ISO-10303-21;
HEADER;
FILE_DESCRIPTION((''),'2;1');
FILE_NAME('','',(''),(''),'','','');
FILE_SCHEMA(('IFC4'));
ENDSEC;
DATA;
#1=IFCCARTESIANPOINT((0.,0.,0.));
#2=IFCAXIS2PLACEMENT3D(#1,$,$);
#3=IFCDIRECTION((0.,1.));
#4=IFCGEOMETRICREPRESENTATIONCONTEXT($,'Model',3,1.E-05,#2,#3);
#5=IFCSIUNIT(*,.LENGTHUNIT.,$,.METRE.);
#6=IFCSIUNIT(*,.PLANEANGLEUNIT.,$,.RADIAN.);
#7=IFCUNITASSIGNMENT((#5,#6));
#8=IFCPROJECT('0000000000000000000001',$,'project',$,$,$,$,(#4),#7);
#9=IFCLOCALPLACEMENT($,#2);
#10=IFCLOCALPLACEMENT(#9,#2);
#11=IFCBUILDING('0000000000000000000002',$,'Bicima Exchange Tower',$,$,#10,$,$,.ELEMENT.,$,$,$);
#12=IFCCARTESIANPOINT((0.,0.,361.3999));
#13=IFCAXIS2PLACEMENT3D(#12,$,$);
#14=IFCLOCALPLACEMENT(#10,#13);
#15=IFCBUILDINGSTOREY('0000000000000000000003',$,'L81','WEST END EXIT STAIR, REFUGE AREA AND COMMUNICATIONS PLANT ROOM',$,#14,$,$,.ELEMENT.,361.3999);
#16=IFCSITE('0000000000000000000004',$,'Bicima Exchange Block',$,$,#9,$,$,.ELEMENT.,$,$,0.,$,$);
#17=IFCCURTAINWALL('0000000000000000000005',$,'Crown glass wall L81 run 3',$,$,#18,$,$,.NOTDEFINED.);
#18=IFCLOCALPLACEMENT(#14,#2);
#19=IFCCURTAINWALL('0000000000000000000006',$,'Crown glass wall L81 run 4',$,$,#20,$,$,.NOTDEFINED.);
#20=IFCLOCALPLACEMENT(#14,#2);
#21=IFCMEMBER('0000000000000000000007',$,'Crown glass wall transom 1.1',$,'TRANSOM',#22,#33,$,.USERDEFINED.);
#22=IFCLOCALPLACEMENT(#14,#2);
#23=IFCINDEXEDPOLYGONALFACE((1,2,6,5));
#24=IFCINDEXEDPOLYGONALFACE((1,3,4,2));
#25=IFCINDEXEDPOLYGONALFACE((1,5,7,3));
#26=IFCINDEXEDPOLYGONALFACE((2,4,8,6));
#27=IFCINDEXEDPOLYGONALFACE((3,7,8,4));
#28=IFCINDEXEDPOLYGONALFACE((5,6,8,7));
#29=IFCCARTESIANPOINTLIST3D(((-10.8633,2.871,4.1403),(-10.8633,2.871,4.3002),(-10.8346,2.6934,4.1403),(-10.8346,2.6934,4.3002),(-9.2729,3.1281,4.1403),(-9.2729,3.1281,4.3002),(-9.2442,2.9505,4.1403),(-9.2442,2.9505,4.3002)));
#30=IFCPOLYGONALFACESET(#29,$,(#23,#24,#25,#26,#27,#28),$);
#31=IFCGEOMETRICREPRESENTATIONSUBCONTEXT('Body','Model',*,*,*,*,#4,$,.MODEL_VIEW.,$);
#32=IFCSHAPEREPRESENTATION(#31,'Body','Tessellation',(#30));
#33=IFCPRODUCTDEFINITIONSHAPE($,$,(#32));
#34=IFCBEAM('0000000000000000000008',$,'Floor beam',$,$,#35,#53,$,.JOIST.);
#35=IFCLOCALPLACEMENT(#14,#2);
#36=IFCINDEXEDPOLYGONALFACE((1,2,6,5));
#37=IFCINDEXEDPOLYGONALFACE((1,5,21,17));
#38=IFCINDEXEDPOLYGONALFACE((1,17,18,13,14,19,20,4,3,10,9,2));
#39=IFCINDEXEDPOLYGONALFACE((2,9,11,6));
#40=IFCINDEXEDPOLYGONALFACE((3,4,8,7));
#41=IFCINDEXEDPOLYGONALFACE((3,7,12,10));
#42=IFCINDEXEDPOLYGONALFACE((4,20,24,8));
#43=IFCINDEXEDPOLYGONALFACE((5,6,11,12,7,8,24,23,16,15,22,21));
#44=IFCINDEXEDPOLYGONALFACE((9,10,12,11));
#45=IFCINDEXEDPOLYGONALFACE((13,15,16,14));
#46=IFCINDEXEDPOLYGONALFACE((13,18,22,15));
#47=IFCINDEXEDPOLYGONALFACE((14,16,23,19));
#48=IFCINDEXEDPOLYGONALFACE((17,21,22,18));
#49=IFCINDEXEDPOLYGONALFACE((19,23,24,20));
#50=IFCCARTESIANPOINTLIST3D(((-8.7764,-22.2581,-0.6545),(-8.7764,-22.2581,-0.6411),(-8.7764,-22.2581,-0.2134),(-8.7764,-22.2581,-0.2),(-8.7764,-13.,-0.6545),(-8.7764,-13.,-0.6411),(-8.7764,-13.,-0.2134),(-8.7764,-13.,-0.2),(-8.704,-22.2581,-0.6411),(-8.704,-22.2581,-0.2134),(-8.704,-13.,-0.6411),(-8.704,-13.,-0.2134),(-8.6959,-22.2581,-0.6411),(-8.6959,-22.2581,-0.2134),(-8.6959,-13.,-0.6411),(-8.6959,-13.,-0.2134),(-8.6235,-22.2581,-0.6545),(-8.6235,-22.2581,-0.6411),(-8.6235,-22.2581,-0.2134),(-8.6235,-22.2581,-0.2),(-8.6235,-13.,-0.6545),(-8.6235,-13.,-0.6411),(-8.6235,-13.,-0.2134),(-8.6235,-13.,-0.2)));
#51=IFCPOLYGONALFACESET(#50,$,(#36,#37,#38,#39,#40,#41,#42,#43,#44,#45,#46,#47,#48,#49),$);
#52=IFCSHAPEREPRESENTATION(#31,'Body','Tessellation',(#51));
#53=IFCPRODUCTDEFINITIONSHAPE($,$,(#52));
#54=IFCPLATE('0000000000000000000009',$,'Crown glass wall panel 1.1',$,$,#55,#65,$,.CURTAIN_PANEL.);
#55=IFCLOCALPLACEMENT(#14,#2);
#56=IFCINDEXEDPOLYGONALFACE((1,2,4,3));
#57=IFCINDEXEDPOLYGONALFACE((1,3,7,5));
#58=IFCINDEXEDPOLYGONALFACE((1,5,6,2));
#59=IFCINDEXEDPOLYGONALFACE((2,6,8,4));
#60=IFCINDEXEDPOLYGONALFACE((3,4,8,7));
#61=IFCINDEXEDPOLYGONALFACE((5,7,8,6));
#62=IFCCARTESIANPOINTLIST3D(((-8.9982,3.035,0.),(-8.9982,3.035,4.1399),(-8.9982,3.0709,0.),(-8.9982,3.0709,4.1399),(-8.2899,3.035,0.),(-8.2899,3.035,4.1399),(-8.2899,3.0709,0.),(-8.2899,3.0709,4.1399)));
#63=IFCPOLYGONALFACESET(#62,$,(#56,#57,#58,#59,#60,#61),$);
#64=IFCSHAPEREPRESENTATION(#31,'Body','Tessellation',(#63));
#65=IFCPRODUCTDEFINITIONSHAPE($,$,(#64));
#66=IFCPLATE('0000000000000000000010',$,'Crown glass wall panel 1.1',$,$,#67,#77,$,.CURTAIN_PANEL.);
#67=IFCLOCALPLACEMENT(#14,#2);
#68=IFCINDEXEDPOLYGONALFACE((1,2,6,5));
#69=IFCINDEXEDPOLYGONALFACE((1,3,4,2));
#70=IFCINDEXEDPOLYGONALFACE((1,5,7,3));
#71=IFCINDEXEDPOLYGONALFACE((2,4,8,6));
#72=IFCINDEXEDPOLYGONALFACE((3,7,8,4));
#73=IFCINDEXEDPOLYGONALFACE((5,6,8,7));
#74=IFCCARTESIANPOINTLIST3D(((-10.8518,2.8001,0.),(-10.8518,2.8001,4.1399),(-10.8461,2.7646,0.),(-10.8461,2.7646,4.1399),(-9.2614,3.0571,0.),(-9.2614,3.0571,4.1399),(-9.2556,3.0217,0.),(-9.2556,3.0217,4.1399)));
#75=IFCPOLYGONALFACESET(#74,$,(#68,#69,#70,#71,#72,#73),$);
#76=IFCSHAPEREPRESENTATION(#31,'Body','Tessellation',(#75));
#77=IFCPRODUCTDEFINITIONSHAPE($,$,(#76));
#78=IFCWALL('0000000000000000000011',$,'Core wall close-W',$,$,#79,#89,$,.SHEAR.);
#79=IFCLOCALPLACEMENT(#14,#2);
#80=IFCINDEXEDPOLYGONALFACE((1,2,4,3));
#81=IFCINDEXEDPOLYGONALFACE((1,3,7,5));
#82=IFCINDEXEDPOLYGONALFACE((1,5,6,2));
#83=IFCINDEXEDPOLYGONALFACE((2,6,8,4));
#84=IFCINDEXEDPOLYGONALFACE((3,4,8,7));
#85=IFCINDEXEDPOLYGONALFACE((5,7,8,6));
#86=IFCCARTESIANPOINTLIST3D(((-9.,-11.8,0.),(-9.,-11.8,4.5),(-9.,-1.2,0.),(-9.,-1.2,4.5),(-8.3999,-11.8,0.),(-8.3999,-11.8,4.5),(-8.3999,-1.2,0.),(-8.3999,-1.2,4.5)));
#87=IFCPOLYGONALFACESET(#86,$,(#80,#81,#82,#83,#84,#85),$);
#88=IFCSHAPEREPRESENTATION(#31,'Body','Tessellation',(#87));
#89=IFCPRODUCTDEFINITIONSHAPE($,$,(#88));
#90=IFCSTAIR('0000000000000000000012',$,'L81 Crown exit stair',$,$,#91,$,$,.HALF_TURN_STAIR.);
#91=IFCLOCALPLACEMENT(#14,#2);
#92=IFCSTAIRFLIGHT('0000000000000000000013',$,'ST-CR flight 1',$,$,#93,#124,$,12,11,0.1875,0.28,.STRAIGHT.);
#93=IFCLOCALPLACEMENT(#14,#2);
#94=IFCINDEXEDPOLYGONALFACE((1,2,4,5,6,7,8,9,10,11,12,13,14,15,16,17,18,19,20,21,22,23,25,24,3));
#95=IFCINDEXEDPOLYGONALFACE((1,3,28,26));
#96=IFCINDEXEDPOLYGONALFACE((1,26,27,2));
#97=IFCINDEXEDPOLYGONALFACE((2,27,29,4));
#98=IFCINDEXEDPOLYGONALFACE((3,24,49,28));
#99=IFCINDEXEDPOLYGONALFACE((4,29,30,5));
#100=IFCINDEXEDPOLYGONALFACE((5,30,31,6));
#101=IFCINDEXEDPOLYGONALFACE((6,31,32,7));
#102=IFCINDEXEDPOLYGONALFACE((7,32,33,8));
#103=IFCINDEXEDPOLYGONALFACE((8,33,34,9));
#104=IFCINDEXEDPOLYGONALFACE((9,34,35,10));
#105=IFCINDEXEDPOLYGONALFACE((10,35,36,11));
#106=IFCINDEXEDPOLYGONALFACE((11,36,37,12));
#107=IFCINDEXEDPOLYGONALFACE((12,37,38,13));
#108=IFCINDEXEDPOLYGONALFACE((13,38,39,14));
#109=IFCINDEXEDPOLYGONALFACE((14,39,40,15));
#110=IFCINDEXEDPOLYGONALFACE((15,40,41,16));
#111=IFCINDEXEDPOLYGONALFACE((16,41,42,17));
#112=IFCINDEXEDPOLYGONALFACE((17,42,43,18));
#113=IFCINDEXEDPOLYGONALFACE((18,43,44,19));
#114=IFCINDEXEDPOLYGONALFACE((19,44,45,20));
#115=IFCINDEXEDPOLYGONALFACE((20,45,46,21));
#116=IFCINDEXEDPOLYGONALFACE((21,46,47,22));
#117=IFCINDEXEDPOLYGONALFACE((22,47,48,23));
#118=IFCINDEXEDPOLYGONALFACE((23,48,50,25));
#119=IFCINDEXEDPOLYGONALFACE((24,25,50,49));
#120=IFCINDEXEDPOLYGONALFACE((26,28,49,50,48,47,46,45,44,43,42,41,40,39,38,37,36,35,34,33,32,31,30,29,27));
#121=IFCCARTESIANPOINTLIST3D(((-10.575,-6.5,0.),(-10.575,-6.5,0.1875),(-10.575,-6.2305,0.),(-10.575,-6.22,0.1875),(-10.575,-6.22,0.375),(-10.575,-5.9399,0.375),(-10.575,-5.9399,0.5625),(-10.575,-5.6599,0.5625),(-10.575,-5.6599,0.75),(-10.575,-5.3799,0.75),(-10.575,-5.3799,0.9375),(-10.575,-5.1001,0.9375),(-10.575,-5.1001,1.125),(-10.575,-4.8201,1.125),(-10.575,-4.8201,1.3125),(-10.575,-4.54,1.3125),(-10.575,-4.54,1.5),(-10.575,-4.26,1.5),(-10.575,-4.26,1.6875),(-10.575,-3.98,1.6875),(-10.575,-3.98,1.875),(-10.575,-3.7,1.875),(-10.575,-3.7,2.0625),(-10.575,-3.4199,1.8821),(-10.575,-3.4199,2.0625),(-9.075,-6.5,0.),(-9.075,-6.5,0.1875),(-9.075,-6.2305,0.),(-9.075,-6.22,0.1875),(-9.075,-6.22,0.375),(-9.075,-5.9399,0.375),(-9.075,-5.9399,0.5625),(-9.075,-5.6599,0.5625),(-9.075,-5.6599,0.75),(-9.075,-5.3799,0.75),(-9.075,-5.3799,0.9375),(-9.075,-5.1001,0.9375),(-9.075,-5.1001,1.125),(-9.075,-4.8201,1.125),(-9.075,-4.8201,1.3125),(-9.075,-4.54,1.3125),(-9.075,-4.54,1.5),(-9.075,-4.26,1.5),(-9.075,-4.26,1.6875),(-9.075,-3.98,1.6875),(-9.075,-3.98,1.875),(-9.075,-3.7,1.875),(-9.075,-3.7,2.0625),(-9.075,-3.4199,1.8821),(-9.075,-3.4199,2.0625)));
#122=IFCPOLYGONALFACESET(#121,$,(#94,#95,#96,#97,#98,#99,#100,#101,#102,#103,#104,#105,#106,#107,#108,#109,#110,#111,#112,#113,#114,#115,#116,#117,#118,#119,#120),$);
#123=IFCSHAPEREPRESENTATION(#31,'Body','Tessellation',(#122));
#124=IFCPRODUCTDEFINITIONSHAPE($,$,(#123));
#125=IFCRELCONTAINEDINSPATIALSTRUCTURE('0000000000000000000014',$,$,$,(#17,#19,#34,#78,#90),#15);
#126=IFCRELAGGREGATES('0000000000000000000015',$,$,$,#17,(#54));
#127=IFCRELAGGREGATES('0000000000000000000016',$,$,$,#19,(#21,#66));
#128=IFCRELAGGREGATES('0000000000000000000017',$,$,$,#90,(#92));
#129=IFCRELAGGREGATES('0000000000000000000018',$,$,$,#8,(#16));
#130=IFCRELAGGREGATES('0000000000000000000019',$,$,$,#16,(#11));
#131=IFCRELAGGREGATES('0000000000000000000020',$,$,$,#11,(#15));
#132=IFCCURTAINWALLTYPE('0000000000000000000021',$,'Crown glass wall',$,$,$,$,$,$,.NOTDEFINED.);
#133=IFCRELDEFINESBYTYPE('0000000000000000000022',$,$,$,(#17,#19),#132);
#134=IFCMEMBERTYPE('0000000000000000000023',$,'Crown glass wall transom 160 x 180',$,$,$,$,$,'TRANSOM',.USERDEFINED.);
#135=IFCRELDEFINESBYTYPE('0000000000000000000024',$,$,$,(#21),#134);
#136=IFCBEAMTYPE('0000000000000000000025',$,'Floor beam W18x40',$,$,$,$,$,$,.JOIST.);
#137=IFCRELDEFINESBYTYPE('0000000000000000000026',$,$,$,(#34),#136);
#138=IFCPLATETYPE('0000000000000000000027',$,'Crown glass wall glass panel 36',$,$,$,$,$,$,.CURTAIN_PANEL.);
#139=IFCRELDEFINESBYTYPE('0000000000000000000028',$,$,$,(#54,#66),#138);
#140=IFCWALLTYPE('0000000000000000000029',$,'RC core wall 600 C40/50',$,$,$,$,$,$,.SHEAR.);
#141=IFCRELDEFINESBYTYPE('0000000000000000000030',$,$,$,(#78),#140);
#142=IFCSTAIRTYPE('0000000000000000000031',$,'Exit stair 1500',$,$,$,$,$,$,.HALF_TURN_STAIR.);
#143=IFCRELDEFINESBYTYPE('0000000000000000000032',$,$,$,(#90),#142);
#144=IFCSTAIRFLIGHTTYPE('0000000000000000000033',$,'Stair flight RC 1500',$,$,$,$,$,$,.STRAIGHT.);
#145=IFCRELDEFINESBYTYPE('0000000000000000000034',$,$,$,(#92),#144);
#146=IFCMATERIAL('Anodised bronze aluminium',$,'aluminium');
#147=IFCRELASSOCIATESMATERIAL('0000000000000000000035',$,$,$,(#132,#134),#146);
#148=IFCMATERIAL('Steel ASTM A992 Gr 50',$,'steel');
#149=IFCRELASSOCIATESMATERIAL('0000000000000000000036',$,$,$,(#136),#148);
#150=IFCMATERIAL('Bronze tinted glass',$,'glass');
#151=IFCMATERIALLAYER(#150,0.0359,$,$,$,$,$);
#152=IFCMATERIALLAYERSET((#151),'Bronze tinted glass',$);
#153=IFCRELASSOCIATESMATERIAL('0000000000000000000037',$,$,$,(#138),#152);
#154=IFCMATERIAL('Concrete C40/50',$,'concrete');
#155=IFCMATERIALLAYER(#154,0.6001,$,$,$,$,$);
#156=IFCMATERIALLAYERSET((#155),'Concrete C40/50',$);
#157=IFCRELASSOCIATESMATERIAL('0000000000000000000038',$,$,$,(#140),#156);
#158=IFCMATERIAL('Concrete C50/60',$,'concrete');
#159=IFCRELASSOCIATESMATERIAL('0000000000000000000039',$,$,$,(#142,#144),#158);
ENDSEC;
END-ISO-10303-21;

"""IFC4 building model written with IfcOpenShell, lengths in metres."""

from ifc_helpers import new_model, si_unit, direction, frame, frame_2d, origin, origin_2d, place, context, subcontext, project, spatial, polyline, rectangle, i_section, outline, extrude, material, layer, layer_set, material_profile, profile_set, type_object, element, aggregate, save


model = new_model("IFC4")

# Units and contexts
model_context = context("Model", 3, precision=1e-05, world=origin(), true_north=direction((0.0, 1.0)))
body_context = subcontext(model_context, "Body", "Model", "MODEL_VIEW")
ifc_project = project(units=[si_unit("LENGTHUNIT", "METRE"), si_unit("PLANEANGLEUNIT", "RADIAN")], contexts=[model_context])

# Site, building, storey
site_placement = place(None, origin())
site = spatial("IfcSite", under=ifc_project, at=site_placement, Name="Bicima Exchange Block", CompositionType="ELEMENT", RefElevation=0.0)
building_placement = place(site_placement, origin())
building = spatial("IfcBuilding", under=site, at=building_placement, Name="Bicima Exchange Tower", CompositionType="ELEMENT")
storey_placement = place(building_placement, frame((0.0, 0.0, 361.3999)))
storey = spatial("IfcBuildingStorey", under=building, at=storey_placement, Name="L81", Description="WEST END EXIT STAIR, REFUGE AREA AND COMMUNICATIONS PLANT ROOM", CompositionType="ELEMENT", Elevation=361.3999)

# Shared definitions
ifc_material_1 = material(Name="Steel ASTM A992 Gr 50", Category="steel")

# Curtain walls
ifc_material_2 = material(Name="Anodised bronze aluminium", Category="aluminium")
curtain_wall_type = type_object("IfcCurtainWallType", Name="Crown glass wall", PredefinedType="NOTDEFINED", material=ifc_material_2)
curtain_wall_1_placement = place(storey_placement, origin())
curtain_wall_1 = element("IfcCurtainWall", 1, at=curtain_wall_1_placement, inside=storey, type_object=curtain_wall_type, Name="Crown glass wall L81 run 3", PredefinedType="NOTDEFINED")
curtain_wall_2_placement = place(storey_placement, origin())
curtain_wall_2 = element("IfcCurtainWall", 2, at=curtain_wall_2_placement, inside=storey, type_object=curtain_wall_type, Name="Crown glass wall L81 run 4", PredefinedType="NOTDEFINED")

# Member
ifc_material_profile_1 = material_profile(ifc_material_2, rectangle(XDim=0.1799, YDim=0.1599, at=origin_2d()))
ifc_profile_set_1 = profile_set([ifc_material_profile_1], Name="Anodised bronze aluminium")
member_type_1 = type_object("IfcMemberType", Name="Crown glass wall transom 160 x 180", ElementType="TRANSOM", PredefinedType="USERDEFINED", material=ifc_profile_set_1)
member_1_placement = place(storey_placement, frame((-9.2585, 3.0393, 4.2202), z_axis=(-0.987185, -0.15958, 0.0), x_axis=(0.15958, -0.987185, 0.0)))
member_1 = element("IfcMember", 3, at=member_1_placement, type_object=member_type_1, Name="Crown glass wall transom 1.1", ObjectType="TRANSOM", PredefinedType="USERDEFINED", context=body_context, shape_type="SweptSolid", body=[
    extrude(rectangle(XDim=0.1799, YDim=0.1599, at=origin_2d()), origin(), (0.0, 0.0, 1.0), 1.6111),
])

# Beam
ifc_material_profile_2 = material_profile(ifc_material_1, i_section(OverallWidth=0.1528, OverallDepth=0.4546, WebThickness=0.0081, FlangeThickness=0.0134, at=origin_2d()))
ifc_profile_set_2 = profile_set([ifc_material_profile_2], Name="Steel ASTM A992 Gr 50")
beam_type = type_object("IfcBeamType", Name="Floor beam W18x40", PredefinedType="JOIST", material=ifc_profile_set_2)
beam_placement = place(storey_placement, frame((-8.7, -13.0, -0.4272), z_axis=(0.0, -1.0, 0.0), x_axis=(1.0, 0.0, 0.0)))
element("IfcBeam", 4, at=beam_placement, inside=storey, type_object=beam_type, Name="Floor beam", PredefinedType="JOIST", context=body_context, shape_type="SweptSolid", body=[
    extrude(i_section(OverallWidth=0.1528, OverallDepth=0.4546, WebThickness=0.0081, FlangeThickness=0.0134, at=origin_2d()), origin(), (0.0, 0.0, 1.0), 9.2581),
])

# Plates
ifc_material_3 = material(Name="Bronze tinted glass", Category="glass")
ifc_layer_1 = layer(ifc_material_3, 0.0359)
ifc_layer_set_1 = layer_set([ifc_layer_1], Name="Bronze tinted glass")
plate_type = type_object("IfcPlateType", Name="Crown glass wall glass panel 36", PredefinedType="CURTAIN_PANEL", material=ifc_layer_set_1)
plate_1_placement = place(storey_placement, frame((-8.644, 3.053, 0.0), z_axis=(0.0, 0.0, 1.0), x_axis=(-1.0, 0.0, 0.0)))
plate_1 = element("IfcPlate", 5, at=plate_1_placement, type_object=plate_type, Name="Crown glass wall panel 1.1", PredefinedType="CURTAIN_PANEL", context=body_context, shape_type="SweptSolid", body=[
    extrude(rectangle(XDim=0.7083, YDim=0.0359, at=origin_2d()), origin(), (0.0, 0.0, 1.0), 4.1399),
])
aggregate(curtain_wall_1, [plate_1])
plate_2_placement = place(storey_placement, frame((-10.0537, 2.9109, 0.0), z_axis=(0.0, 0.0, 1.0), x_axis=(-0.98719, -0.15955, 0.0)))
plate_2 = element("IfcPlate", 6, at=plate_2_placement, type_object=plate_type, Name="Crown glass wall panel 1.1", PredefinedType="CURTAIN_PANEL", context=body_context, shape_type="SweptSolid", body=[
    extrude(rectangle(XDim=1.6111, YDim=0.0359, at=origin_2d()), origin(), (0.0, 0.0, 1.0), 4.1399),
])
aggregate(curtain_wall_2, [member_1, plate_2])

# Wall
ifc_material_4 = material(Name="Concrete C40/50", Category="concrete")
ifc_layer_2 = layer(ifc_material_4, 0.6001)
ifc_layer_set_2 = layer_set([ifc_layer_2], Name="Concrete C40/50")
wall_type = type_object("IfcWallType", Name="RC core wall 600 C40/50", PredefinedType="SHEAR", material=ifc_layer_set_2)
wall_placement = place(storey_placement, frame((-8.7, -11.8, 0.0), z_axis=(0.0, 0.0, 1.0), x_axis=(0.0, 1.0, 0.0)))
element("IfcWall", 7, at=wall_placement, inside=storey, type_object=wall_type, Name="Core wall close-W", PredefinedType="SHEAR", context=body_context, shape_type="SweptSolid", body=[
    extrude(rectangle(XDim=10.6001, YDim=0.6001, at=frame_2d((5.3, 0.0))), origin(), (0.0, 0.0, 1.0), 4.5),
])

# Stair, stair flight
ifc_material_5 = material(Name="Concrete C50/60", Category="concrete")
stair_type = type_object("IfcStairType", Name="Exit stair 1500", PredefinedType="HALF_TURN_STAIR", material=ifc_material_5)
stair_placement = place(storey_placement, origin())
stair = element("IfcStair", 8, at=stair_placement, inside=storey, type_object=stair_type, Name="L81 Crown exit stair", PredefinedType="HALF_TURN_STAIR")
stair_flight_type = type_object("IfcStairFlightType", Name="Stair flight RC 1500", PredefinedType="STRAIGHT", material=ifc_material_5)
stair_flight_placement = place(storey_placement, frame((-9.825, -6.5, 0.0), z_axis=(0.0, 0.0, 1.0), x_axis=(0.0, 1.0, 0.0)))
stair_flight = element("IfcStairFlight", 9, at=stair_flight_placement, type_object=stair_flight_type, Name="ST-CR flight 1", NumberOfRisers=12, NumberOfTreads=11, PredefinedType="STRAIGHT", RiserHeight=0.1875, TreadLength=0.28, context=body_context, shape_type="SweptSolid", body=[
    extrude(outline(polyline([(0.0, 0.0), (0.0, 0.1875), (0.28, 0.1875), (0.28, 0.375), (0.5601, 0.375), (0.5601, 0.5625), (0.8401, 0.5625), (0.8401, 0.75), (1.1201, 0.75), (1.1201, 0.9375), (1.3999, 0.9375), (1.3999, 1.125), (1.6799, 1.125), (1.6799, 1.3125), (1.96, 1.3125), (1.96, 1.5), (2.24, 1.5), (2.24, 1.6875), (2.52, 1.6875), (2.52, 1.875), (2.8, 1.875), (2.8, 2.0625), (3.0801, 2.0625), (3.0801, 2.25), (3.0801, 1.8821), (0.2695, 0.0), (0.0, 0.0)])), frame((0.0, 0.75, 0.0), z_axis=(0.0, -1.0, 0.0), x_axis=(1.0, 0.0, 0.0)), (0.0, 0.0, 1.0), 1.5),
])
aggregate(stair, [stair_flight])

save(model, "model.ifc")
